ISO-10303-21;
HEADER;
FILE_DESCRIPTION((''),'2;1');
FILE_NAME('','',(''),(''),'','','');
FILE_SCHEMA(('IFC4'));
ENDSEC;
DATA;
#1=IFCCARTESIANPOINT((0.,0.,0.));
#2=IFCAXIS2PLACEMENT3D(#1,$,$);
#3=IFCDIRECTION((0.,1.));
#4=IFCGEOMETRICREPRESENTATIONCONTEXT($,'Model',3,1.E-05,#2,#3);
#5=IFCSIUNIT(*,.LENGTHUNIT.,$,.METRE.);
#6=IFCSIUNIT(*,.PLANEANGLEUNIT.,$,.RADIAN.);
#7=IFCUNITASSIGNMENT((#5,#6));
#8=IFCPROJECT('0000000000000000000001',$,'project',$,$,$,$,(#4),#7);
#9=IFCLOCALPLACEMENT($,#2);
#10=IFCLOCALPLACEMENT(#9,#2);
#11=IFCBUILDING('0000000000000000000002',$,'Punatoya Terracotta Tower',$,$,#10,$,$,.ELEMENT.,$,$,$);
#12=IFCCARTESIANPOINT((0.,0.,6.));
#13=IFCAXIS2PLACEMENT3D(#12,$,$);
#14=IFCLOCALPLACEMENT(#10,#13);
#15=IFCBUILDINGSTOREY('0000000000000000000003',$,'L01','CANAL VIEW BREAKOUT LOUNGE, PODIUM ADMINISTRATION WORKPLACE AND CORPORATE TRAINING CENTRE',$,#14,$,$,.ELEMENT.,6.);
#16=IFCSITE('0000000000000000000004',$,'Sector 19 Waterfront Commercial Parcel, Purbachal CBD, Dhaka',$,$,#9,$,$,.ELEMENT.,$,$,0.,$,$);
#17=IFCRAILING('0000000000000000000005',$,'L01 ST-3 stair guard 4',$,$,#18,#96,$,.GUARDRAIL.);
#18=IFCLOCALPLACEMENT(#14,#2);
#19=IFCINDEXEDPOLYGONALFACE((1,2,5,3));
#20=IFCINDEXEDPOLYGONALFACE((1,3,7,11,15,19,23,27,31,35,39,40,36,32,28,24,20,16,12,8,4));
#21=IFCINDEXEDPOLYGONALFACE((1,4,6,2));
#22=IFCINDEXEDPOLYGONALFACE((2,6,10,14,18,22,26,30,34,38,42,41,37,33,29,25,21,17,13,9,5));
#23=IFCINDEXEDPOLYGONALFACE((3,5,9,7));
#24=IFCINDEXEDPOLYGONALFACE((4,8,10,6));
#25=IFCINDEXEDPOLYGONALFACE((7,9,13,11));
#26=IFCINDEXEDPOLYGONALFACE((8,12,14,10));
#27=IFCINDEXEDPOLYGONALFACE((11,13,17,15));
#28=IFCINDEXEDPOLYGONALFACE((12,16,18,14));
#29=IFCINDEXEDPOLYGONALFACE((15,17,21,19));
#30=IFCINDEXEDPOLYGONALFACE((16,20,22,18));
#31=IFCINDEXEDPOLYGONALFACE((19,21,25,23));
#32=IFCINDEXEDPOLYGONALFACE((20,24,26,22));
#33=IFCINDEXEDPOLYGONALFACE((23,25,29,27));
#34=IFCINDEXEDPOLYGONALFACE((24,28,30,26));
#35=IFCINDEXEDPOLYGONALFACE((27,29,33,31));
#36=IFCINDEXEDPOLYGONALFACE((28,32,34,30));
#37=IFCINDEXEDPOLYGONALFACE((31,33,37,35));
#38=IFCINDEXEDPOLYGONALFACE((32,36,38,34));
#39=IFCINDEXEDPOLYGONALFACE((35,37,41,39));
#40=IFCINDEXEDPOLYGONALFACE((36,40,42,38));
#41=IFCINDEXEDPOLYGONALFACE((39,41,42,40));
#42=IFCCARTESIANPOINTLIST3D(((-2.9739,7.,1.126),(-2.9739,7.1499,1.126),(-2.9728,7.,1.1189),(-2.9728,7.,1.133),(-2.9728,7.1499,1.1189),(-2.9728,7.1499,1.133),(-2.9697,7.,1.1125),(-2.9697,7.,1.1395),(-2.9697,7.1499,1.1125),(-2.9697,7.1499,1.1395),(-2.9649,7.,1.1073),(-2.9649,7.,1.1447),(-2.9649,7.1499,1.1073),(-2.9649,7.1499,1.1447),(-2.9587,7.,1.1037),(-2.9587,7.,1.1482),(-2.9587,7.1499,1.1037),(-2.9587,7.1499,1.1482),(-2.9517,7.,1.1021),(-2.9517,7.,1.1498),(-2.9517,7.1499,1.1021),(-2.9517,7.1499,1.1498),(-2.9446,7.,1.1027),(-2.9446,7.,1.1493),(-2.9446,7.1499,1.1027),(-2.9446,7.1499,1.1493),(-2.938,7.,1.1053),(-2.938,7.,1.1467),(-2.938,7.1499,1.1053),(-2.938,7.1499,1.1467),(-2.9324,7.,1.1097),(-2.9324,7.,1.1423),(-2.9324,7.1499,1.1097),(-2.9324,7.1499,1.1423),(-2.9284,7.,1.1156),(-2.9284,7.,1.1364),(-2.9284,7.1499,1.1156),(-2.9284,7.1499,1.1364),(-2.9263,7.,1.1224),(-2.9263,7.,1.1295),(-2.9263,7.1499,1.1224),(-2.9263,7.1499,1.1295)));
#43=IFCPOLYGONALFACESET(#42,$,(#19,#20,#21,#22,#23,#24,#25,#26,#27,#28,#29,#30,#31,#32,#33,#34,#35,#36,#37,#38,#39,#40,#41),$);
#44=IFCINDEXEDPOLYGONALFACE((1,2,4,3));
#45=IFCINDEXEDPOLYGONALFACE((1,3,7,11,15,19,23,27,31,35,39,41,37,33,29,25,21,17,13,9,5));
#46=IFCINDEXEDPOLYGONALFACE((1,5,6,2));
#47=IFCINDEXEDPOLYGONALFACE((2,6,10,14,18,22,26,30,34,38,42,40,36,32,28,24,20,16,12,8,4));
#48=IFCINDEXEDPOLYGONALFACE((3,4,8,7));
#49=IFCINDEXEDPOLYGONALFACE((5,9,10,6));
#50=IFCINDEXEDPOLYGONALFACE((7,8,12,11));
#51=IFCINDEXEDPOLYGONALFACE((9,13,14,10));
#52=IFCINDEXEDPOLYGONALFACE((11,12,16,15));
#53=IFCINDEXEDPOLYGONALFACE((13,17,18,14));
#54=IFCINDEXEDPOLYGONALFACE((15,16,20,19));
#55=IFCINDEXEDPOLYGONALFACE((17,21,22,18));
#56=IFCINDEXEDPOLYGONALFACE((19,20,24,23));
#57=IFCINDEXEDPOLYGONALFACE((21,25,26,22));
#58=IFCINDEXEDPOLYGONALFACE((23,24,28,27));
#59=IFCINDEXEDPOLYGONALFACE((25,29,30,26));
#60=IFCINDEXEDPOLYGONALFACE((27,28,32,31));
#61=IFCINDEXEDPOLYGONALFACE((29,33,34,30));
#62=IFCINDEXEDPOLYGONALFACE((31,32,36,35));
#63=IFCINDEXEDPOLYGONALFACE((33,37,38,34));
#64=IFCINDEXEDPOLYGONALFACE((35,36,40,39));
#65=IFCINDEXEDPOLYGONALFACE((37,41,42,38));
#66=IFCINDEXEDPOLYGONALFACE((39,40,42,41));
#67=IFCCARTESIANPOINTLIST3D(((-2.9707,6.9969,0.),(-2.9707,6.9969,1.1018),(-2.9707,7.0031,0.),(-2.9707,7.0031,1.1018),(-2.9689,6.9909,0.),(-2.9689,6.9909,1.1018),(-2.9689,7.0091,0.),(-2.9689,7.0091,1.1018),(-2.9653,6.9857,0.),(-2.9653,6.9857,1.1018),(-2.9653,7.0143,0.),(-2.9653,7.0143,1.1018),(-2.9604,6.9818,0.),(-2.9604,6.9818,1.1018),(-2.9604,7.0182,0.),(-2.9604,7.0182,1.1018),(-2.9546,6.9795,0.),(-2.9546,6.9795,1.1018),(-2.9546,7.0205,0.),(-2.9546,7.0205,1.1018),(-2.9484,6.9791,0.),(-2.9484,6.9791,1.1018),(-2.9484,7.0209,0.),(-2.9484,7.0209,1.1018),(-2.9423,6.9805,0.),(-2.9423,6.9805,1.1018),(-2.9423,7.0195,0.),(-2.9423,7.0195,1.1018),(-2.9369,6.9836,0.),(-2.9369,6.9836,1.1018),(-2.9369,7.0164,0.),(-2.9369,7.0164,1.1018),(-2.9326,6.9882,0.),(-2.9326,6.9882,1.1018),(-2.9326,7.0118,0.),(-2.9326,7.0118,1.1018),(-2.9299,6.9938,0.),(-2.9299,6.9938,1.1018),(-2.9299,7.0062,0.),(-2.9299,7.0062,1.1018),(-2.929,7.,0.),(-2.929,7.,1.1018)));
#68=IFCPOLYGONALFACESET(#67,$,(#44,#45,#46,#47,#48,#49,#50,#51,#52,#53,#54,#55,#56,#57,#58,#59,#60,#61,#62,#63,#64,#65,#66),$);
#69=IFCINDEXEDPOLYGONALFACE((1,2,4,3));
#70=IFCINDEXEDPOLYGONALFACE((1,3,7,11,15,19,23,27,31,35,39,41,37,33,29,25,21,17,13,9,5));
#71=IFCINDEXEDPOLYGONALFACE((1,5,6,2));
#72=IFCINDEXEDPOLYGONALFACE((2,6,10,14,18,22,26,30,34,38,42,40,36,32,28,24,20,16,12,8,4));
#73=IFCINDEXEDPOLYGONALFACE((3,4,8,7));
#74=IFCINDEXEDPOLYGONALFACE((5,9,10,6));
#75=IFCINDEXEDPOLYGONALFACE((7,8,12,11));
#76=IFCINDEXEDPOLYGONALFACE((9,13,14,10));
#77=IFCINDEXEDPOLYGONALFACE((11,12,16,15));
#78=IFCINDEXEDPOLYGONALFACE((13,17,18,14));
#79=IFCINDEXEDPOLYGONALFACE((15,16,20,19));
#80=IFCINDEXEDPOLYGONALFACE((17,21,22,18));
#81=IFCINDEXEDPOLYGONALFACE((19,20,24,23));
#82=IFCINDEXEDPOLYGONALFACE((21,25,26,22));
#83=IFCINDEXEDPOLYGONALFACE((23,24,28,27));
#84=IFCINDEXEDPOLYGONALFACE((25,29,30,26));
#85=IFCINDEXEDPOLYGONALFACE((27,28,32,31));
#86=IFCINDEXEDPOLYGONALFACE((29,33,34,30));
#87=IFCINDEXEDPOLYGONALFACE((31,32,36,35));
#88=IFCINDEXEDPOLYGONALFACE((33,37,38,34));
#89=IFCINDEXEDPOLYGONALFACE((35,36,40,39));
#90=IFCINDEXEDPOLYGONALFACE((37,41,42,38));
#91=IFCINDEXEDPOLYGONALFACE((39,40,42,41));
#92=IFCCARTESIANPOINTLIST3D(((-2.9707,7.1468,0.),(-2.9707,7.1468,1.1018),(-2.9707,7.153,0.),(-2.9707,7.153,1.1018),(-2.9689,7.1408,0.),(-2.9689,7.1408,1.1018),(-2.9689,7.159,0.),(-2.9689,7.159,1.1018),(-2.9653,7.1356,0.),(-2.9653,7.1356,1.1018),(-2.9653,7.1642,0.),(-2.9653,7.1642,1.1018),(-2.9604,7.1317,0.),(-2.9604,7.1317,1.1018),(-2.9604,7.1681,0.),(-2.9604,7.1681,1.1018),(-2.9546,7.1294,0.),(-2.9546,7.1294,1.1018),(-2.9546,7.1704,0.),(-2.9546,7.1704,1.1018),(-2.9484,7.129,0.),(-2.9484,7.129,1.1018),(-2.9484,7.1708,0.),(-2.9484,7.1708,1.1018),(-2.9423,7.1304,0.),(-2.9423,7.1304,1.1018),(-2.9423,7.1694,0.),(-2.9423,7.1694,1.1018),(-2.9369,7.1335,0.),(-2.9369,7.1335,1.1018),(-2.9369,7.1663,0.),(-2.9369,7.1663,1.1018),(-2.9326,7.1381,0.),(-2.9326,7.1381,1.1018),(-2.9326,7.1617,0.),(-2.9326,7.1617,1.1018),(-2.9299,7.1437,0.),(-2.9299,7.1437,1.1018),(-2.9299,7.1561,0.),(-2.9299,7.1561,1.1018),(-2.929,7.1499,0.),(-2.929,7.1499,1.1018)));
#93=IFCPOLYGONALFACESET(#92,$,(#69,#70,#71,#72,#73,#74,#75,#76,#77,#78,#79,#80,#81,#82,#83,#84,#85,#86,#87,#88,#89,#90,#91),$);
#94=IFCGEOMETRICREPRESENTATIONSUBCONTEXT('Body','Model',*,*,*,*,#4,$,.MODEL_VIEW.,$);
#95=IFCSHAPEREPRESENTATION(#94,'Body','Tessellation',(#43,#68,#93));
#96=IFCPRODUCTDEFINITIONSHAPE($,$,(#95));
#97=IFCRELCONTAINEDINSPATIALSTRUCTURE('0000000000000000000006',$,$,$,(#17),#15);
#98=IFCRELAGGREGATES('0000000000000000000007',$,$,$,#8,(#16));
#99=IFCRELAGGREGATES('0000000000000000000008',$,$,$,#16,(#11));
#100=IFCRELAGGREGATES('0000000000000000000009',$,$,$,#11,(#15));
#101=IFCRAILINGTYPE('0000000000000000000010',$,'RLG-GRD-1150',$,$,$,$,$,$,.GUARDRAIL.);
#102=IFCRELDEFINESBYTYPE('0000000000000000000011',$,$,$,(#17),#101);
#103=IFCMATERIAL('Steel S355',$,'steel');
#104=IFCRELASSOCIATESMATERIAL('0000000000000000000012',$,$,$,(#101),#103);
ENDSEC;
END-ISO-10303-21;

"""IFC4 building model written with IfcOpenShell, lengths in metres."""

from ifc_helpers import new_model, si_unit, direction, frame, origin, origin_2d, place, context, subcontext, project, spatial, circle, extrude, material, type_object, element, save


model = new_model("IFC4")

# Units and contexts
model_context = context("Model", 3, precision=1e-05, world=origin(), true_north=direction((0.0, 1.0)))
body_context = subcontext(model_context, "Body", "Model", "MODEL_VIEW")
ifc_project = project(units=[si_unit("LENGTHUNIT", "METRE"), si_unit("PLANEANGLEUNIT", "RADIAN")], contexts=[model_context])

# Site, building, storey
site_placement = place(None, origin())
site = spatial("IfcSite", under=ifc_project, at=site_placement, Name="Sector 19 Waterfront Commercial Parcel, Purbachal CBD, Dhaka", CompositionType="ELEMENT", RefElevation=0.0)
building_placement = place(site_placement, origin())
building = spatial("IfcBuilding", under=site, at=building_placement, Name="Punatoya Terracotta Tower", CompositionType="ELEMENT")
storey_placement = place(building_placement, frame((0.0, 0.0, 6.0)))
storey = spatial("IfcBuildingStorey", under=building, at=storey_placement, Name="L01", Description="CANAL VIEW BREAKOUT LOUNGE, PODIUM ADMINISTRATION WORKPLACE AND CORPORATE TRAINING CENTRE", CompositionType="ELEMENT", Elevation=6.0)

# Shared definitions
ifc_material_1 = material(Name="Steel S355", Category="steel")

# Railing
railing_type_1 = type_object("IfcRailingType", Name="RLG-GRD-1150", PredefinedType="GUARDRAIL", material=ifc_material_1)
railing_1_placement = place(storey_placement, frame((-2.95, 7.0, 0.0)))
element("IfcRailing", 1, at=railing_1_placement, inside=storey, type_object=railing_type_1, Name="L01 ST-3 stair guard 4", PredefinedType="GUARDRAIL", context=body_context, shape_type="SweptSolid", body=[
    extrude(circle(Radius=0.0239, at=origin_2d()), frame((0.0, 0.0, 1.126), z_axis=(0.0, 1.0, 0.0), x_axis=(-1.0, 0.0, 0.0)), (0.0, 0.0, 1.0), 0.1499),
    extrude(circle(Radius=0.021, at=origin_2d()), origin(), (0.0, 0.0, 1.0), 1.1018),
    extrude(circle(Radius=0.021, at=origin_2d()), frame((0.0, 0.1499, 0.0)), (0.0, 0.0, 1.0), 1.1018),
])

save(model, "model.ifc")
